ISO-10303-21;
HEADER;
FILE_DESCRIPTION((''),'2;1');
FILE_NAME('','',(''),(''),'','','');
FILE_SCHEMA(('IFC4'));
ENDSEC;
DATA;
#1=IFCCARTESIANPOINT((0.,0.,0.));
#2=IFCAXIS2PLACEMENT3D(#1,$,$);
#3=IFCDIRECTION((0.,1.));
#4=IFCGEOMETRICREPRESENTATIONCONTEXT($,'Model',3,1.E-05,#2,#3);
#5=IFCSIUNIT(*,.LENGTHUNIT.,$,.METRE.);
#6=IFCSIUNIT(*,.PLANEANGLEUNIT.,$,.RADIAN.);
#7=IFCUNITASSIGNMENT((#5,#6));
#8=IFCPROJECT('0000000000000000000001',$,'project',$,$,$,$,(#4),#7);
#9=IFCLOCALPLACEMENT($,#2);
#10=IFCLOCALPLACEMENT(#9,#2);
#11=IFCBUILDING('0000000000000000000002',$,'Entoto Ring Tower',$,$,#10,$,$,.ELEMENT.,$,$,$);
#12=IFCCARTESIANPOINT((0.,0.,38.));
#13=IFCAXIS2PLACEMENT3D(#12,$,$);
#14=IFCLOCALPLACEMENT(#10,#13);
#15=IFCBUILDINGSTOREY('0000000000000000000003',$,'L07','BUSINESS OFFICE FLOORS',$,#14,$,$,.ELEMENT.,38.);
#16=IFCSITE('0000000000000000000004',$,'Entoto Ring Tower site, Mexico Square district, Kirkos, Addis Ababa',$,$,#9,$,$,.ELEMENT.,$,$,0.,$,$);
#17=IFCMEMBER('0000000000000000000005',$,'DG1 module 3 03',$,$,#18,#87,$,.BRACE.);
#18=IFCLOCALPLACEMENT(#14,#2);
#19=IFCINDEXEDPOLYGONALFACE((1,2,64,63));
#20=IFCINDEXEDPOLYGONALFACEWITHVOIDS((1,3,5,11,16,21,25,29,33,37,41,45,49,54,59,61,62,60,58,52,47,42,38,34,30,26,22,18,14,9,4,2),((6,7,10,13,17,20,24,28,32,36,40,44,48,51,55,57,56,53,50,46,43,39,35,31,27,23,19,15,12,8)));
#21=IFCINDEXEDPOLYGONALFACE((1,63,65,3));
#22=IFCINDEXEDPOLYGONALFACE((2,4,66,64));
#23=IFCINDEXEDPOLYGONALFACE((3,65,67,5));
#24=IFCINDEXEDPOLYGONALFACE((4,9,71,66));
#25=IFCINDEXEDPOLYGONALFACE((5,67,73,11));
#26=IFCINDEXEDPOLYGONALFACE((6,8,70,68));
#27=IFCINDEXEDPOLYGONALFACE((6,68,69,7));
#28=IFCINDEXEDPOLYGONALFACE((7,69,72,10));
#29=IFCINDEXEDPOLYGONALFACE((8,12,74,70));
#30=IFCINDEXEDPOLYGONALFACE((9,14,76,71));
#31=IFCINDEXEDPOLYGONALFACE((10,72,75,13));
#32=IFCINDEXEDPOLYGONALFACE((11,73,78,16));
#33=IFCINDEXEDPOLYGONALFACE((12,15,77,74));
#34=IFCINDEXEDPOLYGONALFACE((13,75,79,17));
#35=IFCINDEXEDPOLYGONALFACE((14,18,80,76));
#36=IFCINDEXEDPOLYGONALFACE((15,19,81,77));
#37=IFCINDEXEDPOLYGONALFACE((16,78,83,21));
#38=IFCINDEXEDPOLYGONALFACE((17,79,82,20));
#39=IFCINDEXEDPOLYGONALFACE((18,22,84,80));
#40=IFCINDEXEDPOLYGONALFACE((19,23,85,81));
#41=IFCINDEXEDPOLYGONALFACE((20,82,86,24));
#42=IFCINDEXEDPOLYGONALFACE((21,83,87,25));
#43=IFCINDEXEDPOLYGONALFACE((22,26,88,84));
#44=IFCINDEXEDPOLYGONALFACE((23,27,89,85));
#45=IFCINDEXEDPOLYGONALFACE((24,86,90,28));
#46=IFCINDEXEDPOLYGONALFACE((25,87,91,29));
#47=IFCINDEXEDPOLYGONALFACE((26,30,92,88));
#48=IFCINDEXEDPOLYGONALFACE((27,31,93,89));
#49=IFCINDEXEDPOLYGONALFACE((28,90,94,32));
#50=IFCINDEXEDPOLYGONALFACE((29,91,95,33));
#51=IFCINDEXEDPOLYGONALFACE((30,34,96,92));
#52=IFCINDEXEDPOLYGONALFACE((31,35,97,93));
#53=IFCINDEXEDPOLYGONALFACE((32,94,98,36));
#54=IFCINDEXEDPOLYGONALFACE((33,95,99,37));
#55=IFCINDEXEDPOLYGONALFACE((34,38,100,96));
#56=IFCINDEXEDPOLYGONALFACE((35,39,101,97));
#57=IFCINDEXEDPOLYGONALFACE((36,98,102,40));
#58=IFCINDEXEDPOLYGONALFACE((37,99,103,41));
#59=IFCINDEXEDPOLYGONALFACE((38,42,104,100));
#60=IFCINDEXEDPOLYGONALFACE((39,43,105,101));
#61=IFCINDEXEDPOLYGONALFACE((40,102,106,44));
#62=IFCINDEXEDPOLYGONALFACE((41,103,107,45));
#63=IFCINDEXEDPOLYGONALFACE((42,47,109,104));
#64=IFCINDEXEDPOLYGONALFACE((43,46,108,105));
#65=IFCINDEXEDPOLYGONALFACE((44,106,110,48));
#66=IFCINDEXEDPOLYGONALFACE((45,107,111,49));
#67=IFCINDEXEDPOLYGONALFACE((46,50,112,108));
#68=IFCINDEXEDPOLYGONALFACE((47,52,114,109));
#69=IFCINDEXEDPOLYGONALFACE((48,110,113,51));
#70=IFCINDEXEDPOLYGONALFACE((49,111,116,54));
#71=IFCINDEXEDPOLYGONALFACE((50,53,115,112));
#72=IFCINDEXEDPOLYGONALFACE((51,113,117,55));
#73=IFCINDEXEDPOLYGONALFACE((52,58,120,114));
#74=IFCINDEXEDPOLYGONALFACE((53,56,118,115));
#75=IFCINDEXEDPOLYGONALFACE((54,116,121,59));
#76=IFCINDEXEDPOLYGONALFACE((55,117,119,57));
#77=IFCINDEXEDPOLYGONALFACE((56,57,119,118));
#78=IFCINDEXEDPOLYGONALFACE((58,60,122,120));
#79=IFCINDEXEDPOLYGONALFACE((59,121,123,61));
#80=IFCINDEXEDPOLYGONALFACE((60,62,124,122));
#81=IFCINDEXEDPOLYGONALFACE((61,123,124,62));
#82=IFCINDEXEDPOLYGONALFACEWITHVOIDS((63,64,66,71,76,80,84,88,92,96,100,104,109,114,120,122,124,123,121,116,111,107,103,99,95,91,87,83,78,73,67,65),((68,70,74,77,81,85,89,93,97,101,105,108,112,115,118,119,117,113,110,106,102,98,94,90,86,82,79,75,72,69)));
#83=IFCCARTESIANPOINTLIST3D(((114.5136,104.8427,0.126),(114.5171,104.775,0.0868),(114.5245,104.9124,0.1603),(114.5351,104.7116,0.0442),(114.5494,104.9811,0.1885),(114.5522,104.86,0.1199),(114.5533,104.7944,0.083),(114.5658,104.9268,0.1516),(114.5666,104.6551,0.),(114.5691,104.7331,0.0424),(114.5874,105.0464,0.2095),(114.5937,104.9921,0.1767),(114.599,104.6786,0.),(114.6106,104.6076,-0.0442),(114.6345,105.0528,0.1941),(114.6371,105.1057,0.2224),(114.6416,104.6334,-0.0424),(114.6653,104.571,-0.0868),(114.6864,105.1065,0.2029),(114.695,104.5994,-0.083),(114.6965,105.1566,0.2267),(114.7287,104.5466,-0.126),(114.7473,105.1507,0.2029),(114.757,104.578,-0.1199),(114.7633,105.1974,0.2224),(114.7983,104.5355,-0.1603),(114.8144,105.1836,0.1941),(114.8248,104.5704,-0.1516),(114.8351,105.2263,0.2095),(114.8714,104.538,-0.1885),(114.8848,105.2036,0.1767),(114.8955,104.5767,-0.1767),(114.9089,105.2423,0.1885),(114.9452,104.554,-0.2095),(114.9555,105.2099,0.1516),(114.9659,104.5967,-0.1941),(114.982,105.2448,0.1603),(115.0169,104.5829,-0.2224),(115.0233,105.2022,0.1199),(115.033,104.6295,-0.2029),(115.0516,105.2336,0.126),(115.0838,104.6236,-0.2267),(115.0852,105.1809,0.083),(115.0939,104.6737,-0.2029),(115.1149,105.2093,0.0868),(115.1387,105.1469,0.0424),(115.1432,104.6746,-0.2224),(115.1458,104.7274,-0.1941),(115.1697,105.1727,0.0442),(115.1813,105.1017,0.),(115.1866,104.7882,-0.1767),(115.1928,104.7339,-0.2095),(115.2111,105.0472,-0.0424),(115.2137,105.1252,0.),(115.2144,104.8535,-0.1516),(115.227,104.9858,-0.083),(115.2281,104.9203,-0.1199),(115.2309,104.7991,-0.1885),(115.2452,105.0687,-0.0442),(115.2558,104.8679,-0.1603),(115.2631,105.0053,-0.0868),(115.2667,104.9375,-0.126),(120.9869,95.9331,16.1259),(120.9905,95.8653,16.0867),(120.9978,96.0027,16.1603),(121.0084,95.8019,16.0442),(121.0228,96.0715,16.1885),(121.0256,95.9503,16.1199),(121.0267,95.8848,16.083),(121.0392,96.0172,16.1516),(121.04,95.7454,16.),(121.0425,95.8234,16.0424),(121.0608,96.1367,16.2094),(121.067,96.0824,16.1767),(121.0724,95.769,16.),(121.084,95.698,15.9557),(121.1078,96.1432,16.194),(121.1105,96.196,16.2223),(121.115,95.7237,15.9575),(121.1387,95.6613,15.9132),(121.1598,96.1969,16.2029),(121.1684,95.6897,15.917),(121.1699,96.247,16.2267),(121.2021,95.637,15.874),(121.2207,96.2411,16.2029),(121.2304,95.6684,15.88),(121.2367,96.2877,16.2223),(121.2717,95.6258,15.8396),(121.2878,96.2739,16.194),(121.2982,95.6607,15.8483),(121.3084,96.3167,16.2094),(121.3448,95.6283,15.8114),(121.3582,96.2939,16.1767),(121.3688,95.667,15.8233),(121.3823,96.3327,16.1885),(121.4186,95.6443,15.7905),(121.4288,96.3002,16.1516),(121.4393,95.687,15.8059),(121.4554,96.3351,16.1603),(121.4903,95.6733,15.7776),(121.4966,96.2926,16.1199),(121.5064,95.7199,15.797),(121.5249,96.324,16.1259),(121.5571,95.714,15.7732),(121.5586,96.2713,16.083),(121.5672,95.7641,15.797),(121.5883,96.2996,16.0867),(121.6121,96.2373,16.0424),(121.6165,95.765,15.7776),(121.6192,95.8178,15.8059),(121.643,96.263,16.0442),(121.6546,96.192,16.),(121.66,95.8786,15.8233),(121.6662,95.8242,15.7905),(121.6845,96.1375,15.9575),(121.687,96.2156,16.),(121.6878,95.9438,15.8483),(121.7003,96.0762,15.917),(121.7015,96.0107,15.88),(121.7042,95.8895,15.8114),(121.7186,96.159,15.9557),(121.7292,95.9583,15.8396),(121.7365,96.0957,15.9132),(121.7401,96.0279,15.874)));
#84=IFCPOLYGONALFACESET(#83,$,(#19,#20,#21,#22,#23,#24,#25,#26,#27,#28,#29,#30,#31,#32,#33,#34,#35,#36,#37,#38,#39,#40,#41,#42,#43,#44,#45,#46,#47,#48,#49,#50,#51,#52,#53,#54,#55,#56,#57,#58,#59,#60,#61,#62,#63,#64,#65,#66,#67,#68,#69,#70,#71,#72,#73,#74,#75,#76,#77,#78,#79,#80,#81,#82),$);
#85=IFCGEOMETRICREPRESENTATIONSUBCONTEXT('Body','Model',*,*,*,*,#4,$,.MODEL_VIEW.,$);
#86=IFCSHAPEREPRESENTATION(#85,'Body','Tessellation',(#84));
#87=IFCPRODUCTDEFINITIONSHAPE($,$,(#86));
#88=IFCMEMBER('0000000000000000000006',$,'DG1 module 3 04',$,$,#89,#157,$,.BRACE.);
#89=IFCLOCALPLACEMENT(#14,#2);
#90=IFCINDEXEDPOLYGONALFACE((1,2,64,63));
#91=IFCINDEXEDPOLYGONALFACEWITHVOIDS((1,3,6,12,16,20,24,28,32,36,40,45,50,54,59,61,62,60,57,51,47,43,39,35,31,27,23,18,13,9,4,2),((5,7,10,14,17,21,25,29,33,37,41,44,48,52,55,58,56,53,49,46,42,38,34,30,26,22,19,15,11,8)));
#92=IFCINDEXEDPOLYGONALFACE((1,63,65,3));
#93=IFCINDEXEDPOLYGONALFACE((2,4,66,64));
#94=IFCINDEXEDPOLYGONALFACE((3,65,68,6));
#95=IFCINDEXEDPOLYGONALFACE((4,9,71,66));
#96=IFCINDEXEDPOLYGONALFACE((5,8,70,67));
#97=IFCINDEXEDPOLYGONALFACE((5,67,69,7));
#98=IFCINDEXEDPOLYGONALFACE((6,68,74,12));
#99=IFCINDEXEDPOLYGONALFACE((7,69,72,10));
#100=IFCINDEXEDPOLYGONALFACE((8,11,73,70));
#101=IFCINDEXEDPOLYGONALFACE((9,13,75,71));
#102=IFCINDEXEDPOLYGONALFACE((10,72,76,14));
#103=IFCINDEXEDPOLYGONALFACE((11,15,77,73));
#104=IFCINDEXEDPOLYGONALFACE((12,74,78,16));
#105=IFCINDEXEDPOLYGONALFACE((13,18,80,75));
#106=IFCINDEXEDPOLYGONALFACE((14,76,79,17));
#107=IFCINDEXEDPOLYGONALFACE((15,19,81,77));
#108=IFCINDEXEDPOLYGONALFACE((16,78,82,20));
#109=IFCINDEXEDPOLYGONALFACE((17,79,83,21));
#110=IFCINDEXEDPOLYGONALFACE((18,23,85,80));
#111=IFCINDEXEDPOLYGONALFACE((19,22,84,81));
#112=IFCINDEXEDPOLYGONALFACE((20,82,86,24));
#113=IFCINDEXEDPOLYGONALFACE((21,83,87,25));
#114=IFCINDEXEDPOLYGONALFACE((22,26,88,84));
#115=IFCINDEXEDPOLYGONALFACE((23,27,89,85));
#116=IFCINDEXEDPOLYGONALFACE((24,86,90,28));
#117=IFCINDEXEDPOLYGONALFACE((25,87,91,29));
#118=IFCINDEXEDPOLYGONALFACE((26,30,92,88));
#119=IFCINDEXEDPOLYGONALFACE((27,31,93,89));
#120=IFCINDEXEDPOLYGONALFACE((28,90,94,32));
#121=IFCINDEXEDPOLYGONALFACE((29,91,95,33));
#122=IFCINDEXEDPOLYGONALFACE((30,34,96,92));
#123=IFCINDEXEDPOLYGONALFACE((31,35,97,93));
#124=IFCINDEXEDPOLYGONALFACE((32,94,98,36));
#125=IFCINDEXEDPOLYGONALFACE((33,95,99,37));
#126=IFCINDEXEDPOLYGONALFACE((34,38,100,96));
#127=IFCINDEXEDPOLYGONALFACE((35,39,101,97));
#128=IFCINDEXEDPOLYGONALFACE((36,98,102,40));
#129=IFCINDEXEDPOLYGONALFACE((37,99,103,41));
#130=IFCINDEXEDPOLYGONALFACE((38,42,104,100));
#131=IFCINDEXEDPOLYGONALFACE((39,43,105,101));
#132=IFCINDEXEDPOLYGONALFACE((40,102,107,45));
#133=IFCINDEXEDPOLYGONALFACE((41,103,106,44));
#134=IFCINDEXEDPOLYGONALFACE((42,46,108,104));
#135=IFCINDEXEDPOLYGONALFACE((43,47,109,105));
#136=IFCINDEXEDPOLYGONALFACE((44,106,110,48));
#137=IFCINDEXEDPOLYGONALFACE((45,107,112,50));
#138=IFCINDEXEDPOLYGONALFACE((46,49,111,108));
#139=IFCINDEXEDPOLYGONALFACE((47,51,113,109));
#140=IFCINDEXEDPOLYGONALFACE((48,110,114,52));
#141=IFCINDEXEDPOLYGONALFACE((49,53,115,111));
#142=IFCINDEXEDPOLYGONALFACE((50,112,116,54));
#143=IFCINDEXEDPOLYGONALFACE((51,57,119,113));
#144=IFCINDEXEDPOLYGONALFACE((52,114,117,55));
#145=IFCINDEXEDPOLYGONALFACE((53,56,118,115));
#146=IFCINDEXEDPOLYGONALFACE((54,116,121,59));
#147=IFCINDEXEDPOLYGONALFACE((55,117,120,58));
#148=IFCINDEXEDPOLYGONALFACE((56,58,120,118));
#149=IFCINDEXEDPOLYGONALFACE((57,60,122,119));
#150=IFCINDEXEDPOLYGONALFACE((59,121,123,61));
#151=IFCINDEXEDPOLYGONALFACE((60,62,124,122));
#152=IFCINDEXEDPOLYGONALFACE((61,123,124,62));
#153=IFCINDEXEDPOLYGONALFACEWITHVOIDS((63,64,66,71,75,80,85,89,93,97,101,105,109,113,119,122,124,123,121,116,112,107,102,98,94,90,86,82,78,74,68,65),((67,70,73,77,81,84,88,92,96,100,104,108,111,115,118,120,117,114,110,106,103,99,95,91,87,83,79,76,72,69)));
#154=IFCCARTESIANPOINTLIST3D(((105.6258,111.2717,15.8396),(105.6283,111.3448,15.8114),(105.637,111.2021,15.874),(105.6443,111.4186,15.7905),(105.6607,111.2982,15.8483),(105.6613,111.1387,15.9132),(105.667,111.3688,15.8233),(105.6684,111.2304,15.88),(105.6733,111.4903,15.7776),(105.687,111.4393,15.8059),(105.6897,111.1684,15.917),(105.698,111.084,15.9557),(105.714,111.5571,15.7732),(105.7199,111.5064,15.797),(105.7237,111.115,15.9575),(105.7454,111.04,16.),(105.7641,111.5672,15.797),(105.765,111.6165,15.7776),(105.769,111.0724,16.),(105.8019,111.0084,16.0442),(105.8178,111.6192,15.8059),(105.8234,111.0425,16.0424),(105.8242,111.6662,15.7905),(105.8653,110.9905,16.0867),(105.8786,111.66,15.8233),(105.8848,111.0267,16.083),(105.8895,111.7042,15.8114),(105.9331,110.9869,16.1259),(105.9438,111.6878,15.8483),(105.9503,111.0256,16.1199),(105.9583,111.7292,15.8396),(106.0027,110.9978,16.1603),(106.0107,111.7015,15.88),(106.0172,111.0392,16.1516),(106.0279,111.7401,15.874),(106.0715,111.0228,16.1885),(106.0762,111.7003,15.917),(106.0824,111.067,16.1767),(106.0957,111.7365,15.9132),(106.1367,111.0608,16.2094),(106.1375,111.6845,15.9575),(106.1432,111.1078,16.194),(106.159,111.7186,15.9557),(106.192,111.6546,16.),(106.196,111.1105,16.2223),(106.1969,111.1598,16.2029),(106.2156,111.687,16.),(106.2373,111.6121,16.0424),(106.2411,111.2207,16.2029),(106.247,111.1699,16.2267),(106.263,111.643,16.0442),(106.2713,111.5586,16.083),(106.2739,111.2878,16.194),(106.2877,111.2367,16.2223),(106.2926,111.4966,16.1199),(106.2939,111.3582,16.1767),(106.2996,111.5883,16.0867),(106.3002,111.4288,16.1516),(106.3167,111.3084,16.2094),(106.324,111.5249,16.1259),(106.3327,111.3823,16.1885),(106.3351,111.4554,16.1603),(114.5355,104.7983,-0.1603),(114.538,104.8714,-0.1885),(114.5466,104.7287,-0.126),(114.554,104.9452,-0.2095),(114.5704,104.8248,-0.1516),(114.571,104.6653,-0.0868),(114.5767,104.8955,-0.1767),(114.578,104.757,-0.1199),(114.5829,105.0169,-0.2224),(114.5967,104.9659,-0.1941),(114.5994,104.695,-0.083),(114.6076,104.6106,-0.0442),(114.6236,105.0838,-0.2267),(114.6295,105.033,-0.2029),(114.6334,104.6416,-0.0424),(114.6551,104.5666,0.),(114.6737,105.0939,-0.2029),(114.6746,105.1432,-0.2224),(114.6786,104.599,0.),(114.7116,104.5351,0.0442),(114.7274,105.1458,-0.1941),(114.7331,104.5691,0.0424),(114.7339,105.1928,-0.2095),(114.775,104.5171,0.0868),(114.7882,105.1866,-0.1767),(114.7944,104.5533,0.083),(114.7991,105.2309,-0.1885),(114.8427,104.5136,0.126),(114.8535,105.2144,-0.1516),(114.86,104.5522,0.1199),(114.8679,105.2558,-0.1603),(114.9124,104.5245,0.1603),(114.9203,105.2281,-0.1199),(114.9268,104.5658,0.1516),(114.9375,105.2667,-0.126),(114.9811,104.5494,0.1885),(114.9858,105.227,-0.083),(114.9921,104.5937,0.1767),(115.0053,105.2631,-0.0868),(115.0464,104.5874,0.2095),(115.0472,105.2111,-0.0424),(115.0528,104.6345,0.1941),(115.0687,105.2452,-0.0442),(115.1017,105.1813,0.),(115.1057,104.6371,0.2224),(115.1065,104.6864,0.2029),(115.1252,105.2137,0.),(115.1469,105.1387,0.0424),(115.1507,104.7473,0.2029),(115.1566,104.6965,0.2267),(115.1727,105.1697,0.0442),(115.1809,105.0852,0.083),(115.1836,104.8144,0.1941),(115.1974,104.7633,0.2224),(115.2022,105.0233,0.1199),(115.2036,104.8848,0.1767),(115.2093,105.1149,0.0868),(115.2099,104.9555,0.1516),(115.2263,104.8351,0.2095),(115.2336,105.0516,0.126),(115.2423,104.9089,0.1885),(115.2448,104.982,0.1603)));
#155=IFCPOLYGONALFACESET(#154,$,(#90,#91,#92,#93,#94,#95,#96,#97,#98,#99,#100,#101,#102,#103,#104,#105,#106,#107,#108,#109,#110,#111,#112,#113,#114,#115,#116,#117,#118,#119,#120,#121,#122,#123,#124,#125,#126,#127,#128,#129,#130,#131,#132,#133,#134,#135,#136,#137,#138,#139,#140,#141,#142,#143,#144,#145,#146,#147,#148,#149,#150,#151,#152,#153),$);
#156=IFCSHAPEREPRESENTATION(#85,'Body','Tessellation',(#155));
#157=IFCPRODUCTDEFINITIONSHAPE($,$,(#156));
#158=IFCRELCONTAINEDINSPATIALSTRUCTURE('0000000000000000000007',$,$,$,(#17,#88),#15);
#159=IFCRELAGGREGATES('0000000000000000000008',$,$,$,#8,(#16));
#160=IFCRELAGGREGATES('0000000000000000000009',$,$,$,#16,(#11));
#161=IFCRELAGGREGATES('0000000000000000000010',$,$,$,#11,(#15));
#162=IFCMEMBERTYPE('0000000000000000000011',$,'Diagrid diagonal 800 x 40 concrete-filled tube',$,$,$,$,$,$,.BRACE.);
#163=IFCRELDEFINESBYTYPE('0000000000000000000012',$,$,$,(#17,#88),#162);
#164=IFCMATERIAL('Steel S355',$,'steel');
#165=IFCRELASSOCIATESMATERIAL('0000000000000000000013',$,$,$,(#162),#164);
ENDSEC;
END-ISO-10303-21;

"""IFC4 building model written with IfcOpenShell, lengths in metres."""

from ifc_helpers import new_model, si_unit, direction, frame, origin, origin_2d, place, context, subcontext, project, spatial, circle, hollow_circle, extrude, material, material_profile, profile_set, type_object, element, save


model = new_model("IFC4")

# Units and contexts
model_context = context("Model", 3, precision=1e-05, world=origin(), true_north=direction((0.0, 1.0)))
body_context = subcontext(model_context, "Body", "Model", "MODEL_VIEW")
ifc_project = project(units=[si_unit("LENGTHUNIT", "METRE"), si_unit("PLANEANGLEUNIT", "RADIAN")], contexts=[model_context])

# Site, building, storey
site_placement = place(None, origin())
site = spatial("IfcSite", under=ifc_project, at=site_placement, Name="Entoto Ring Tower site, Mexico Square district, Kirkos, Addis Ababa", CompositionType="ELEMENT", RefElevation=0.0)
building_placement = place(site_placement, origin())
building = spatial("IfcBuilding", under=site, at=building_placement, Name="Entoto Ring Tower", CompositionType="ELEMENT")
storey_placement = place(building_placement, frame((0.0, 0.0, 38.0)))
storey = spatial("IfcBuildingStorey", under=building, at=storey_placement, Name="L07", Description="BUSINESS OFFICE FLOORS", CompositionType="ELEMENT", Elevation=38.0)

# Members
ifc_material_1 = material(Name="Steel S355", Category="steel")
ifc_material_profile_1 = material_profile(ifc_material_1, hollow_circle(Radius=0.3999, WallThickness=0.04, at=origin_2d()), Name="CHS 800 x 40")
ifc_material_2 = material(Name="Concrete C60/75", Category="concrete")
ifc_material_profile_2 = material_profile(ifc_material_2, circle(Radius=0.3601, at=origin_2d()), Name="Concrete C60/75 infill")
ifc_profile_set_1 = profile_set([ifc_material_profile_1, ifc_material_profile_2], Name="Steel S355")
member_type_1 = type_object("IfcMemberType", Name="Diagrid diagonal 800 x 40 concrete-filled tube", PredefinedType="BRACE", material=ifc_profile_set_1)
for number, where, z_axis, x_axis, name in (
    (1, (114.8901, 104.8901, 0.0), (0.33327, -0.458697, 0.823729), (0.809011, 0.587793, 0.0), "DG1 module 3 03"),
    (2, (114.8901, 104.8901, 0.0), (-0.458697, 0.33327, 0.823729), (-0.587793, -0.809011, 0.0), "DG1 module 3 04"),
):
    element("IfcMember", number, at=place(storey_placement, frame(where, z_axis=z_axis, x_axis=x_axis)), inside=storey, type_object=member_type_1, Name=name, PredefinedType="BRACE", context=body_context, shape_type="SweptSolid", body=[
        extrude(hollow_circle(Radius=0.3999, WallThickness=0.04, at=origin_2d()), origin(), (0.0, 0.0, 1.0), 19.4238),
    ])

save(model, "model.ifc")
